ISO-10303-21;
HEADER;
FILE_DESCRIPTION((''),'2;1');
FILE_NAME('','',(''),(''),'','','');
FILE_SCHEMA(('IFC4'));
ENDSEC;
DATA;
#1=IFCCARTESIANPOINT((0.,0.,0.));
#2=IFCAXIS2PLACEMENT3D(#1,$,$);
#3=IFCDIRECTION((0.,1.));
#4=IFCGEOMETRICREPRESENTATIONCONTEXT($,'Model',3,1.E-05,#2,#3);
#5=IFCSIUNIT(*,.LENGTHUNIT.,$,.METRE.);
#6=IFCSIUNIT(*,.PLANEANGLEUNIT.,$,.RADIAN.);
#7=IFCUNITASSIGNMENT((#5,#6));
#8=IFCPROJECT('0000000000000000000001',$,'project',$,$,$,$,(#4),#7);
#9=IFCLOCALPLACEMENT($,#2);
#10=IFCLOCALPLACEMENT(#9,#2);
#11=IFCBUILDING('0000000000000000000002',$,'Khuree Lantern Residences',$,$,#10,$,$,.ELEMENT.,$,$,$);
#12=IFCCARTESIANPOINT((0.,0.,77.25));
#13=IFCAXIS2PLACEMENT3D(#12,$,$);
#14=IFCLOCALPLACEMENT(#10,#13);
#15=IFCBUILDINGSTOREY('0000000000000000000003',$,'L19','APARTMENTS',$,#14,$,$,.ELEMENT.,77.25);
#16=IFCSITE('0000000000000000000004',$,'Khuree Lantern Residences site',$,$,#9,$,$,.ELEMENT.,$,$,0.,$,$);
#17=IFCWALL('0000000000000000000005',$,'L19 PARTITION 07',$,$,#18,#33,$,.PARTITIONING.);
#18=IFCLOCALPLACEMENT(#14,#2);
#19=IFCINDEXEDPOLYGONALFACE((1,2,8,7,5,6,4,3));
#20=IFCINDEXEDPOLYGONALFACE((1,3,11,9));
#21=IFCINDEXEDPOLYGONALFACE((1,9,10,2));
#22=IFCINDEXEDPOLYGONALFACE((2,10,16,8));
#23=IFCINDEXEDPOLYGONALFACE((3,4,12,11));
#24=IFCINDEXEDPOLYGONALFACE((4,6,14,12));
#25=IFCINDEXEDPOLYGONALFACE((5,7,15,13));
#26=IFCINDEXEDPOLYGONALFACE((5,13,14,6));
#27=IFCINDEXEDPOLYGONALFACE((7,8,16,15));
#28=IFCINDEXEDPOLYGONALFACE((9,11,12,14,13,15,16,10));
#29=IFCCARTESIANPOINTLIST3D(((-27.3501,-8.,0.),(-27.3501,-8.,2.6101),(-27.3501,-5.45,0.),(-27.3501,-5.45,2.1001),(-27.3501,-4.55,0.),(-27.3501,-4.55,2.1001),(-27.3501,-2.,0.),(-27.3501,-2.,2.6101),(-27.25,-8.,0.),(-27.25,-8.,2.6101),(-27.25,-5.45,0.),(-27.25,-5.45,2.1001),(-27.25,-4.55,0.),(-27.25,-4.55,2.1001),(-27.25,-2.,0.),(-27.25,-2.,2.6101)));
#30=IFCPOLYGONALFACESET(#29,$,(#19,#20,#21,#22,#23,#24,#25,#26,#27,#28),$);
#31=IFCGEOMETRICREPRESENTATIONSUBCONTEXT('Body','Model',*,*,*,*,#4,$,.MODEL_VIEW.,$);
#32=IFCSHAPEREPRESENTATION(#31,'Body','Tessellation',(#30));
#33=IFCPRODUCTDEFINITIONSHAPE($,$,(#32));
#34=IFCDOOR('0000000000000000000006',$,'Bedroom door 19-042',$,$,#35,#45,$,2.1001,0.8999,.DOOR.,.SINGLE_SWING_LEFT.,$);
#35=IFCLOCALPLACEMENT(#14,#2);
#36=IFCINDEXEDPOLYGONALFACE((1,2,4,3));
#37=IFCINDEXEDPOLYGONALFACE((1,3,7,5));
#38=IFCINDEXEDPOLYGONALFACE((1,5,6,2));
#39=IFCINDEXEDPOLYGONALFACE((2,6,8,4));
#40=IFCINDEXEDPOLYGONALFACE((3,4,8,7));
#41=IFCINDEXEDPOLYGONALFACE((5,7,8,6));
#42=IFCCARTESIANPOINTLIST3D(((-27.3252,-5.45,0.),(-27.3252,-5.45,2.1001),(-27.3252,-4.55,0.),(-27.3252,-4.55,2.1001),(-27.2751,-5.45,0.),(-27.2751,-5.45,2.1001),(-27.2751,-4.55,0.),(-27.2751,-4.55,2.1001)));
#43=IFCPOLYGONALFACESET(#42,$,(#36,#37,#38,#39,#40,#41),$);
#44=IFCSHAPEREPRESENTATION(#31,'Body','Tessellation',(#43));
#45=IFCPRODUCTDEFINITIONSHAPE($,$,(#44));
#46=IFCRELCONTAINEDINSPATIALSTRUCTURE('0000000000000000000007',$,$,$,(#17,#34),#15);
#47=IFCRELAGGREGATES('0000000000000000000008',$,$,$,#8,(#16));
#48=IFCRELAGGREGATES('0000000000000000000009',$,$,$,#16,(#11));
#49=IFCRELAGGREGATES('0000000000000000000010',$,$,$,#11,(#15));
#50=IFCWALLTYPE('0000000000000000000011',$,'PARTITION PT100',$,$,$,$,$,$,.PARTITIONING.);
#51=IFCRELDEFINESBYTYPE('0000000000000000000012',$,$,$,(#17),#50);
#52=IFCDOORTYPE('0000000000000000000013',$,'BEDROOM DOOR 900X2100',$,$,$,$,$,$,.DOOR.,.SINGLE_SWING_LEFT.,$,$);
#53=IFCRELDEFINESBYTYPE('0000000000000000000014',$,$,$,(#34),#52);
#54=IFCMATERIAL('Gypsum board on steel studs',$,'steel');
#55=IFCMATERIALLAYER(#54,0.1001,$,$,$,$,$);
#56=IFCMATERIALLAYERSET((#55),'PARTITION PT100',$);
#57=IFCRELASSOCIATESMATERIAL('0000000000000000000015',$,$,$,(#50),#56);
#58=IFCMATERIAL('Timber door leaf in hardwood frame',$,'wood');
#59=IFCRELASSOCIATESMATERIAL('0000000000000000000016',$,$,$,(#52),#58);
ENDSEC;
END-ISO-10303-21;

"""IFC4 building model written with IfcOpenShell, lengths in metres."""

from ifc_helpers import new_model, si_unit, direction, frame, frame_2d, origin, place, context, subcontext, project, spatial, rectangle, extrude, material, layer, layer_set, type_object, element, fill, save


model = new_model("IFC4")

# Units and contexts
model_context = context("Model", 3, precision=1e-05, world=origin(), true_north=direction((0.0, 1.0)))
body_context = subcontext(model_context, "Body", "Model", "MODEL_VIEW")
ifc_project = project(units=[si_unit("LENGTHUNIT", "METRE"), si_unit("PLANEANGLEUNIT", "RADIAN")], contexts=[model_context])

# Site, building, storey
site_placement = place(None, origin())
site = spatial("IfcSite", under=ifc_project, at=site_placement, Name="Khuree Lantern Residences site", CompositionType="ELEMENT", RefElevation=0.0)
building_placement = place(site_placement, origin())
building = spatial("IfcBuilding", under=site, at=building_placement, Name="Khuree Lantern Residences", CompositionType="ELEMENT")
storey_placement = place(building_placement, frame((0.0, 0.0, 77.25)))
storey = spatial("IfcBuildingStorey", under=building, at=storey_placement, Name="L19", Description="APARTMENTS", CompositionType="ELEMENT", Elevation=77.25)

# Shared definitions
ifc_material_1 = material(Name="Timber door leaf in hardwood frame", Category="wood")

# Shared definitions
ifc_material_2 = material(Name="Gypsum board on steel studs", Category="steel")
ifc_layer_1 = layer(ifc_material_2, 0.1001)
ifc_layer_set_1 = layer_set([ifc_layer_1], Name="PARTITION PT100")
wall_type_1 = type_object("IfcWallType", Name="PARTITION PT100", PredefinedType="PARTITIONING", material=ifc_layer_set_1)

# Wall, opening, door
wall_1_placement = place(storey_placement, frame((-27.3, -2.0, 0.0), z_axis=(0.0, 0.0, 1.0), x_axis=(0.0, -1.0, 0.0)))
wall_1 = element("IfcWall", 1, at=wall_1_placement, inside=storey, type_object=wall_type_1, Name="L19 PARTITION 07", PredefinedType="PARTITIONING", context=body_context, shape_type="SweptSolid", body=[
    extrude(rectangle(XDim=6.0, YDim=0.1001, at=frame_2d((3.0, 0.0))), origin(), (0.0, 0.0, 1.0), 2.6101),
])
opening_1_placement = place(wall_1_placement, frame((2.55, 0.0, 0.0)))
opening_1 = element("IfcOpeningElement", 2, at=opening_1_placement, cuts=wall_1, PredefinedType="OPENING", context=body_context, shape_type="SweptSolid", body=[
    extrude(rectangle(XDim=0.8999, YDim=2.1001, at=frame_2d((0.45, 1.05))), frame((0.0, 0.0601, 0.0), z_axis=(0.0, -1.0, 0.0), x_axis=(1.0, 0.0, 0.0)), (0.0, 0.0, 1.0), 0.1201),
])
door_type_1 = type_object("IfcDoorType", Name="BEDROOM DOOR 900X2100", OperationType="SINGLE_SWING_LEFT", PredefinedType="DOOR", material=ifc_material_1)
door_1_placement = place(opening_1_placement, origin())
door_1 = element("IfcDoor", 3, at=door_1_placement, inside=storey, type_object=door_type_1, Name="Bedroom door 19-042", OperationType="SINGLE_SWING_LEFT", OverallHeight=2.1001, OverallWidth=0.8999, PredefinedType="DOOR", context=body_context, shape_type="SweptSolid", body=[
    extrude(rectangle(XDim=0.8999, YDim=2.1001, at=frame_2d((0.45, 1.05))), frame((0.0, 0.0249, 0.0), z_axis=(0.0, -1.0, 0.0), x_axis=(1.0, 0.0, 0.0)), (0.0, 0.0, 1.0), 0.05),
])
fill(opening_1, door_1)

save(model, "model.ifc")
